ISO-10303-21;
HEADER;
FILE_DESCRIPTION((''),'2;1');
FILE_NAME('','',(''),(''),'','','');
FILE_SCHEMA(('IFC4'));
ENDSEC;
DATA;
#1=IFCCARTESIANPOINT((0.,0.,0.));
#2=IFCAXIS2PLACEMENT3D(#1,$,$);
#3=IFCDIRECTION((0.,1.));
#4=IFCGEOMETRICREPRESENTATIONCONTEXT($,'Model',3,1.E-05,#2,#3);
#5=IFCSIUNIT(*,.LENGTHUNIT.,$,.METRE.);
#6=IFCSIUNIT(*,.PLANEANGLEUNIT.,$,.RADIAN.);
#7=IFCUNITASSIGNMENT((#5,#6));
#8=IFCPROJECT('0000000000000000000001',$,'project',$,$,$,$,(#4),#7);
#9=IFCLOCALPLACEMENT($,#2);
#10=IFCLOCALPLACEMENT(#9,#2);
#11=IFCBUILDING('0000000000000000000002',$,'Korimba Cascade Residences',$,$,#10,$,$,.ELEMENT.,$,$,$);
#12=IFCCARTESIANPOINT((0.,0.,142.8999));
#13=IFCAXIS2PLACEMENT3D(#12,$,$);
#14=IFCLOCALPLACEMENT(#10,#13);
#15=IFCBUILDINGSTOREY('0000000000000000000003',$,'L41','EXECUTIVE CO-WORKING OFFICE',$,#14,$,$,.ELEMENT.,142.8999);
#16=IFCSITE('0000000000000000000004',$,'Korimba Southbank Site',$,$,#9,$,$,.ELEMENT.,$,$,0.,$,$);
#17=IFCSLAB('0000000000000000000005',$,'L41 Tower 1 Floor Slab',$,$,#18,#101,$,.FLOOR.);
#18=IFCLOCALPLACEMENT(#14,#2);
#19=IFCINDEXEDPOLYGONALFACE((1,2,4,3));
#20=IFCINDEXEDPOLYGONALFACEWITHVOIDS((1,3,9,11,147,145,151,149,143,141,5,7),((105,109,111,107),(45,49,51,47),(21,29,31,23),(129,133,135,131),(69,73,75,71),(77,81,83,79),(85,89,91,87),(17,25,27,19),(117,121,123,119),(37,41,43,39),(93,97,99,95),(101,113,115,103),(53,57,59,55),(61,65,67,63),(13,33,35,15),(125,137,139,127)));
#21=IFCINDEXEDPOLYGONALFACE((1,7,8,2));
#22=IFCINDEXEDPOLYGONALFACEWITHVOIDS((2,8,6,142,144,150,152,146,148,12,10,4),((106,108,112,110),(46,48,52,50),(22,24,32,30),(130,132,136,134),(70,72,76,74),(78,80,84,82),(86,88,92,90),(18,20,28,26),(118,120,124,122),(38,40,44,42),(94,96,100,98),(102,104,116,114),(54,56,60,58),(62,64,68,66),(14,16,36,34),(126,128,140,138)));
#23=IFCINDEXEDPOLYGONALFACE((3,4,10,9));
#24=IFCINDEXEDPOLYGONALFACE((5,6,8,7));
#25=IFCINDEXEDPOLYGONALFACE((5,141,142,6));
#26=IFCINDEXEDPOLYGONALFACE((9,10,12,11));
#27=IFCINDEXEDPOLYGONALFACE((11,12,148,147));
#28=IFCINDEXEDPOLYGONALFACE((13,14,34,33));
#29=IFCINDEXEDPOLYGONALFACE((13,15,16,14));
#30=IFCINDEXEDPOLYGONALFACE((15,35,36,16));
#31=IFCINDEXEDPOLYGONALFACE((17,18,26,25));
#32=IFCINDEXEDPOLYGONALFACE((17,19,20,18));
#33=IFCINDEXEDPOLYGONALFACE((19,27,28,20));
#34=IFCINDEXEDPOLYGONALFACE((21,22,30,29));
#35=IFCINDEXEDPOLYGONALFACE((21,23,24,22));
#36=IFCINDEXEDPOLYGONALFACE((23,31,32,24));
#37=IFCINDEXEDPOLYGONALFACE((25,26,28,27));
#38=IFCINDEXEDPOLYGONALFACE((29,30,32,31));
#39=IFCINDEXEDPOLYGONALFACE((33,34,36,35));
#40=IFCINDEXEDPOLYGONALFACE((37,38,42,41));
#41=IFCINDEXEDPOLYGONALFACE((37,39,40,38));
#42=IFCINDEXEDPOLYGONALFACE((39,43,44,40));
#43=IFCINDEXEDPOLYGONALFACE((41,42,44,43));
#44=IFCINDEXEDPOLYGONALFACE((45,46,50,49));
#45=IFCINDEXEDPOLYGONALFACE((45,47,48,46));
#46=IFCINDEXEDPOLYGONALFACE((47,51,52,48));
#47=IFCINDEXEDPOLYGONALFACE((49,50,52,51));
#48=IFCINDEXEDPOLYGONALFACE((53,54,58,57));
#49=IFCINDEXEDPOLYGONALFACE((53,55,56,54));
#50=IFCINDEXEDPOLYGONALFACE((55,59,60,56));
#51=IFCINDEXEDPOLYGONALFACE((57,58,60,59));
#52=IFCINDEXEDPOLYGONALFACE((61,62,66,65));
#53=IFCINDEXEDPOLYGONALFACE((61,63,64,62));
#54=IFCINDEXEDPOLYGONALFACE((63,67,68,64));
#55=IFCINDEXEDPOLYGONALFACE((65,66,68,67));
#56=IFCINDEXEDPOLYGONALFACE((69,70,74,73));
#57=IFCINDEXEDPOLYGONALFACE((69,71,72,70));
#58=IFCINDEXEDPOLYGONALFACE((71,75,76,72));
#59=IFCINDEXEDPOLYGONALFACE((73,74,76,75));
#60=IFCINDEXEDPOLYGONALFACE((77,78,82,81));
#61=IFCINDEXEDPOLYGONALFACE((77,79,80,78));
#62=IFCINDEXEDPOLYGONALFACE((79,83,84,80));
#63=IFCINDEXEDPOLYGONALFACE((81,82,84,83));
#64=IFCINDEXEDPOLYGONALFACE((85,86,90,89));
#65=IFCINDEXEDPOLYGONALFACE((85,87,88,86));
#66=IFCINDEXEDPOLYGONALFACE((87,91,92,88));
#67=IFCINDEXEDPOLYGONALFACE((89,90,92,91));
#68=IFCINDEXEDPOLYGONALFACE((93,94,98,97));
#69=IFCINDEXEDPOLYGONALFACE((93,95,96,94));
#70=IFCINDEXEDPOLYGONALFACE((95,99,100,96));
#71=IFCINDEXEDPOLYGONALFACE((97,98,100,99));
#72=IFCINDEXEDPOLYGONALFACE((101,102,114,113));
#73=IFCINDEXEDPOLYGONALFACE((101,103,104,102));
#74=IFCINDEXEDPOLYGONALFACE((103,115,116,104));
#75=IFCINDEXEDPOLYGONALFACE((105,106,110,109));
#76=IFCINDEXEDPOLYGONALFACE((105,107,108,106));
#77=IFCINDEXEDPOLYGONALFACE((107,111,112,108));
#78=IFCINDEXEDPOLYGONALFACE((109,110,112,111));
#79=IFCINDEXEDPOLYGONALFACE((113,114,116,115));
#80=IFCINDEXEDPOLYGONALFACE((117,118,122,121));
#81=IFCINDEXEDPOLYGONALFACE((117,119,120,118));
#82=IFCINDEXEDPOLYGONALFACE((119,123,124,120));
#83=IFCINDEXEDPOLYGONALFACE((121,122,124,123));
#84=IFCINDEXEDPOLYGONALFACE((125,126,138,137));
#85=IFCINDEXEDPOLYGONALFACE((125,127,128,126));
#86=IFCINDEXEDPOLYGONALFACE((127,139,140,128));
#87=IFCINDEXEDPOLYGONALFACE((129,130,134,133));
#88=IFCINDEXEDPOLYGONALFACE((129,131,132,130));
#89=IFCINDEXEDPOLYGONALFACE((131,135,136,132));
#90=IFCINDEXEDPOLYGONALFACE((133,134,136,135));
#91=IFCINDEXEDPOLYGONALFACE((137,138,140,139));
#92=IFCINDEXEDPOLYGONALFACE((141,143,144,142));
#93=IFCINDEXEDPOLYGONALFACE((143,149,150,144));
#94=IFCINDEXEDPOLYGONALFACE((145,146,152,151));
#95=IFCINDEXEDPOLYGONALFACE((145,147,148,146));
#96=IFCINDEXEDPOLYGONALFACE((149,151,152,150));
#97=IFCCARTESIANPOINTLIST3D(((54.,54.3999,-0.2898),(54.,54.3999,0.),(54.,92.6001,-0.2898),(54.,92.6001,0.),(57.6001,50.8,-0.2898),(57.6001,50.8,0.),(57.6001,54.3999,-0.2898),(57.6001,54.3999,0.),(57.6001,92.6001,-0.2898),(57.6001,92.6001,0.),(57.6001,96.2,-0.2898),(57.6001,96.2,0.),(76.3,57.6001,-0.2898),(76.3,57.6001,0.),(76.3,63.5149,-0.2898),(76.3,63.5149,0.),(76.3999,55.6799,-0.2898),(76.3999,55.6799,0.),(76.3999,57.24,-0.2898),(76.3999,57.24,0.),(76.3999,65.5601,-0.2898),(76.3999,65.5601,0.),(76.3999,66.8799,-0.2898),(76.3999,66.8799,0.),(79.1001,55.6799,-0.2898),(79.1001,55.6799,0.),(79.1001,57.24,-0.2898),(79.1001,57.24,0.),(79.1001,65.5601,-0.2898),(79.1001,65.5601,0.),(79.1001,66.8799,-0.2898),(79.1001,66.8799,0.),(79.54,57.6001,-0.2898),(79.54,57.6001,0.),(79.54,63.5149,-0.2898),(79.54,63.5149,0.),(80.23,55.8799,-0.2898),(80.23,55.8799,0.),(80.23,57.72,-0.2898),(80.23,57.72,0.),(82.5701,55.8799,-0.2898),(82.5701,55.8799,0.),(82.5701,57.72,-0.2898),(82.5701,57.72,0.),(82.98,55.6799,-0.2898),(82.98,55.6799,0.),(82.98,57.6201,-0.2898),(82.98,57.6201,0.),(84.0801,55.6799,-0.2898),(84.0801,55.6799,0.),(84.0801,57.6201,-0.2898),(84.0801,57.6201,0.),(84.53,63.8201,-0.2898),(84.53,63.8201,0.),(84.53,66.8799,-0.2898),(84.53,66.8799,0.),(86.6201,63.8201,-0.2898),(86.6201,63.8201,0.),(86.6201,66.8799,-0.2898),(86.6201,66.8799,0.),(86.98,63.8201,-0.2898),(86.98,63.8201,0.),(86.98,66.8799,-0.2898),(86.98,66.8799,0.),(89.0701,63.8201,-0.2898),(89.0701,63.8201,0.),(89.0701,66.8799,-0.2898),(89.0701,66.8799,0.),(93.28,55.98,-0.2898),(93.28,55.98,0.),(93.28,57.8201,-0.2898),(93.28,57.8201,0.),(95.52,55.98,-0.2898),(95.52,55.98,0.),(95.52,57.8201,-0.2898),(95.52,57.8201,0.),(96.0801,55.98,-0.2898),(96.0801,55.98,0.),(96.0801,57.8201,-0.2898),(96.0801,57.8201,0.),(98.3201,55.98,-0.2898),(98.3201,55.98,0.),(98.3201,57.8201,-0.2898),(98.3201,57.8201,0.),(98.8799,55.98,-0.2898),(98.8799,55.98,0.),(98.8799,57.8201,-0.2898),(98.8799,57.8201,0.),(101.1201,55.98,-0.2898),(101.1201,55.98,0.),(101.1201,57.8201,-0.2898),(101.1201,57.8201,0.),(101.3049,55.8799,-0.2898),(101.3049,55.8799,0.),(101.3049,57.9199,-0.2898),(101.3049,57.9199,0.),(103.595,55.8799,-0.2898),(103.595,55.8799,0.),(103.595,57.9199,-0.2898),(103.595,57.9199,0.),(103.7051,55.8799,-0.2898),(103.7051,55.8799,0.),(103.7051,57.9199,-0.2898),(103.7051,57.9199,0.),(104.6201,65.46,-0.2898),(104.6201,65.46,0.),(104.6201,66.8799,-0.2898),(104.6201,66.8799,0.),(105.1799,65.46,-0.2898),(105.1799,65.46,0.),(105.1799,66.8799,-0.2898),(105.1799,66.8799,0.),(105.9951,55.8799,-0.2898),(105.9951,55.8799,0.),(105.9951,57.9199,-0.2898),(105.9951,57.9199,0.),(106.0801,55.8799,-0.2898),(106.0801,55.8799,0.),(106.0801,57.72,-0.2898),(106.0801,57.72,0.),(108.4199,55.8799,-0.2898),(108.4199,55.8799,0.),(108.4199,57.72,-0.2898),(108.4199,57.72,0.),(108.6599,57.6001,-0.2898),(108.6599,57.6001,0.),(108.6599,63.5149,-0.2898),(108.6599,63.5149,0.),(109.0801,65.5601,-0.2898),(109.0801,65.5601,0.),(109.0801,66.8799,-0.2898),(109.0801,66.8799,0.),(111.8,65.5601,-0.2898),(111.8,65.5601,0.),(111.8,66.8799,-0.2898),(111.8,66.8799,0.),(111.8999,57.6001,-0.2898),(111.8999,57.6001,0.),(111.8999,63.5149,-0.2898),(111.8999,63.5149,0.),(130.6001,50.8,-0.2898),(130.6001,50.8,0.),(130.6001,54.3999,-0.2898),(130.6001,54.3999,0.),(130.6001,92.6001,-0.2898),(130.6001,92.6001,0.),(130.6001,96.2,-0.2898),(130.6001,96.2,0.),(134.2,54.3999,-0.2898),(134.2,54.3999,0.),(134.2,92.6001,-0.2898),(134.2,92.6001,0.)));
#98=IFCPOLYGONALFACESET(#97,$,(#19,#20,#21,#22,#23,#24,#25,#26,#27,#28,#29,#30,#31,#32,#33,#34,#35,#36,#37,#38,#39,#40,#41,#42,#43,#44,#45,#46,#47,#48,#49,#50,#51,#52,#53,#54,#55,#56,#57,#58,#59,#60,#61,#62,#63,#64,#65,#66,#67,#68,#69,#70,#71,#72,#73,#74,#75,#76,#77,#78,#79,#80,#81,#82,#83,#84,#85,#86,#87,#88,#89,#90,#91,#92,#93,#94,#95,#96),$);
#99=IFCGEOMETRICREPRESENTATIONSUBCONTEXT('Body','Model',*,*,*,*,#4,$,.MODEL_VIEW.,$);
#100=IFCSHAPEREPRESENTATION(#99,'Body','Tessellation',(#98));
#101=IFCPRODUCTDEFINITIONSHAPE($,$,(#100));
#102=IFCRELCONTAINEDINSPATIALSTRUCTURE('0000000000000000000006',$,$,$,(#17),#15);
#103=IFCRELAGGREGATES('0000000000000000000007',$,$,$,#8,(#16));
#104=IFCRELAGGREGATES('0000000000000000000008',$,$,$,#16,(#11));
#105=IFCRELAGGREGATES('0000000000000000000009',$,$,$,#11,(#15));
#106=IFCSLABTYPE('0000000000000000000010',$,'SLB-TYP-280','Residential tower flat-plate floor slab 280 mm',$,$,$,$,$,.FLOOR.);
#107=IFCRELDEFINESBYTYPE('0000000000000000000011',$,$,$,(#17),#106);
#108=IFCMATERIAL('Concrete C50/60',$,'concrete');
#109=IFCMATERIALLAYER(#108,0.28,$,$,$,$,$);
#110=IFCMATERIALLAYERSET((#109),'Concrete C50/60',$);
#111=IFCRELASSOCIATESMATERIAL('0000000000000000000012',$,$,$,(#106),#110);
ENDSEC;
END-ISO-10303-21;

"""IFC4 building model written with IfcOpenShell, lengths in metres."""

from ifc_helpers import new_model, si_unit, direction, frame, origin, place, context, subcontext, project, spatial, polyline, outline, extrude, material, layer, layer_set, type_object, element, save


model = new_model("IFC4")

# Units and contexts
model_context = context("Model", 3, precision=1e-05, world=origin(), true_north=direction((0.0, 1.0)))
body_context = subcontext(model_context, "Body", "Model", "MODEL_VIEW")
ifc_project = project(units=[si_unit("LENGTHUNIT", "METRE"), si_unit("PLANEANGLEUNIT", "RADIAN")], contexts=[model_context])

# Site, building, storey
site_placement = place(None, origin())
site = spatial("IfcSite", under=ifc_project, at=site_placement, Name="Korimba Southbank Site", CompositionType="ELEMENT", RefElevation=0.0)
building_placement = place(site_placement, origin())
building = spatial("IfcBuilding", under=site, at=building_placement, Name="Korimba Cascade Residences", CompositionType="ELEMENT")
storey_placement = place(building_placement, frame((0.0, 0.0, 142.8999)))
storey = spatial("IfcBuildingStorey", under=building, at=storey_placement, Name="L41", Description="EXECUTIVE CO-WORKING OFFICE", CompositionType="ELEMENT", Elevation=142.8999)

# Shared definitions
ifc_material_1 = material(Name="Concrete C50/60", Category="concrete")

# Slab
ifc_layer_1 = layer(ifc_material_1, 0.28)
ifc_layer_set_1 = layer_set([ifc_layer_1], Name="Concrete C50/60")
slab_type_1 = type_object("IfcSlabType", Name="SLB-TYP-280", Description="Residential tower flat-plate floor slab 280 mm", PredefinedType="FLOOR", material=ifc_layer_set_1)
slab_1_placement = place(storey_placement, frame((0.0, 0.0, -0.2898)))
element("IfcSlab", 1, at=slab_1_placement, inside=storey, type_object=slab_type_1, Name="L41 Tower 1 Floor Slab", PredefinedType="FLOOR", context=body_context, shape_type="SweptSolid", body=[
    extrude(outline(polyline([(57.6001, 50.8), (130.6001, 50.8), (130.6001, 54.3999), (134.2, 54.3999), (134.2, 92.6001), (130.6001, 92.6001), (130.6001, 96.2), (57.6001, 96.2), (57.6001, 92.6001), (54.0, 92.6001), (54.0, 54.3999), (57.6001, 54.3999), (57.6001, 50.8)]), holes=[polyline([(76.3, 63.5149), (76.3, 57.6001), (79.54, 57.6001), (79.54, 63.5149), (76.3, 63.5149)]), polyline([(108.6599, 63.5149), (108.6599, 57.6001), (111.8999, 57.6001), (111.8999, 63.5149), (108.6599, 63.5149)]), polyline([(80.23, 55.8799), (82.5701, 55.8799), (82.5701, 57.72), (80.23, 57.72), (80.23, 55.8799)]), polyline([(106.0801, 55.8799), (108.4199, 55.8799), (108.4199, 57.72), (106.0801, 57.72), (106.0801, 55.8799)]), polyline([(93.28, 55.98), (95.52, 55.98), (95.52, 57.8201), (93.28, 57.8201), (93.28, 55.98)]), polyline([(96.0801, 55.98), (98.3201, 55.98), (98.3201, 57.8201), (96.0801, 57.8201), (96.0801, 55.98)]), polyline([(98.8799, 55.98), (101.1201, 55.98), (101.1201, 57.8201), (98.8799, 57.8201), (98.8799, 55.98)]), polyline([(101.3049, 55.8799), (103.595, 55.8799), (103.595, 57.9199), (101.3049, 57.9199), (101.3049, 55.8799)]), polyline([(103.7051, 55.8799), (105.9951, 55.8799), (105.9951, 57.9199), (103.7051, 57.9199), (103.7051, 55.8799)]), polyline([(82.98, 55.6799), (84.0801, 55.6799), (84.0801, 57.6201), (82.98, 57.6201), (82.98, 55.6799)]), polyline([(76.3999, 65.5601), (79.1001, 65.5601), (79.1001, 66.8799), (76.3999, 66.8799), (76.3999, 65.5601)]), polyline([(76.3999, 55.6799), (79.1001, 55.6799), (79.1001, 57.24), (76.3999, 57.24), (76.3999, 55.6799)]), polyline([(84.53, 63.8201), (86.6201, 63.8201), (86.6201, 66.8799), (84.53, 66.8799), (84.53, 63.8201)]), polyline([(86.98, 63.8201), (89.0701, 63.8201), (89.0701, 66.8799), (86.98, 66.8799), (86.98, 63.8201)]), polyline([(104.6201, 65.46), (105.1799, 65.46), (105.1799, 66.8799), (104.6201, 66.8799), (104.6201, 65.46)]), polyline([(109.0801, 65.5601), (111.8, 65.5601), (111.8, 66.8799), (109.0801, 66.8799), (109.0801, 65.5601)])]), origin(), (0.0, 0.0, 1.0), 0.2898),
])

save(model, "model.ifc")
